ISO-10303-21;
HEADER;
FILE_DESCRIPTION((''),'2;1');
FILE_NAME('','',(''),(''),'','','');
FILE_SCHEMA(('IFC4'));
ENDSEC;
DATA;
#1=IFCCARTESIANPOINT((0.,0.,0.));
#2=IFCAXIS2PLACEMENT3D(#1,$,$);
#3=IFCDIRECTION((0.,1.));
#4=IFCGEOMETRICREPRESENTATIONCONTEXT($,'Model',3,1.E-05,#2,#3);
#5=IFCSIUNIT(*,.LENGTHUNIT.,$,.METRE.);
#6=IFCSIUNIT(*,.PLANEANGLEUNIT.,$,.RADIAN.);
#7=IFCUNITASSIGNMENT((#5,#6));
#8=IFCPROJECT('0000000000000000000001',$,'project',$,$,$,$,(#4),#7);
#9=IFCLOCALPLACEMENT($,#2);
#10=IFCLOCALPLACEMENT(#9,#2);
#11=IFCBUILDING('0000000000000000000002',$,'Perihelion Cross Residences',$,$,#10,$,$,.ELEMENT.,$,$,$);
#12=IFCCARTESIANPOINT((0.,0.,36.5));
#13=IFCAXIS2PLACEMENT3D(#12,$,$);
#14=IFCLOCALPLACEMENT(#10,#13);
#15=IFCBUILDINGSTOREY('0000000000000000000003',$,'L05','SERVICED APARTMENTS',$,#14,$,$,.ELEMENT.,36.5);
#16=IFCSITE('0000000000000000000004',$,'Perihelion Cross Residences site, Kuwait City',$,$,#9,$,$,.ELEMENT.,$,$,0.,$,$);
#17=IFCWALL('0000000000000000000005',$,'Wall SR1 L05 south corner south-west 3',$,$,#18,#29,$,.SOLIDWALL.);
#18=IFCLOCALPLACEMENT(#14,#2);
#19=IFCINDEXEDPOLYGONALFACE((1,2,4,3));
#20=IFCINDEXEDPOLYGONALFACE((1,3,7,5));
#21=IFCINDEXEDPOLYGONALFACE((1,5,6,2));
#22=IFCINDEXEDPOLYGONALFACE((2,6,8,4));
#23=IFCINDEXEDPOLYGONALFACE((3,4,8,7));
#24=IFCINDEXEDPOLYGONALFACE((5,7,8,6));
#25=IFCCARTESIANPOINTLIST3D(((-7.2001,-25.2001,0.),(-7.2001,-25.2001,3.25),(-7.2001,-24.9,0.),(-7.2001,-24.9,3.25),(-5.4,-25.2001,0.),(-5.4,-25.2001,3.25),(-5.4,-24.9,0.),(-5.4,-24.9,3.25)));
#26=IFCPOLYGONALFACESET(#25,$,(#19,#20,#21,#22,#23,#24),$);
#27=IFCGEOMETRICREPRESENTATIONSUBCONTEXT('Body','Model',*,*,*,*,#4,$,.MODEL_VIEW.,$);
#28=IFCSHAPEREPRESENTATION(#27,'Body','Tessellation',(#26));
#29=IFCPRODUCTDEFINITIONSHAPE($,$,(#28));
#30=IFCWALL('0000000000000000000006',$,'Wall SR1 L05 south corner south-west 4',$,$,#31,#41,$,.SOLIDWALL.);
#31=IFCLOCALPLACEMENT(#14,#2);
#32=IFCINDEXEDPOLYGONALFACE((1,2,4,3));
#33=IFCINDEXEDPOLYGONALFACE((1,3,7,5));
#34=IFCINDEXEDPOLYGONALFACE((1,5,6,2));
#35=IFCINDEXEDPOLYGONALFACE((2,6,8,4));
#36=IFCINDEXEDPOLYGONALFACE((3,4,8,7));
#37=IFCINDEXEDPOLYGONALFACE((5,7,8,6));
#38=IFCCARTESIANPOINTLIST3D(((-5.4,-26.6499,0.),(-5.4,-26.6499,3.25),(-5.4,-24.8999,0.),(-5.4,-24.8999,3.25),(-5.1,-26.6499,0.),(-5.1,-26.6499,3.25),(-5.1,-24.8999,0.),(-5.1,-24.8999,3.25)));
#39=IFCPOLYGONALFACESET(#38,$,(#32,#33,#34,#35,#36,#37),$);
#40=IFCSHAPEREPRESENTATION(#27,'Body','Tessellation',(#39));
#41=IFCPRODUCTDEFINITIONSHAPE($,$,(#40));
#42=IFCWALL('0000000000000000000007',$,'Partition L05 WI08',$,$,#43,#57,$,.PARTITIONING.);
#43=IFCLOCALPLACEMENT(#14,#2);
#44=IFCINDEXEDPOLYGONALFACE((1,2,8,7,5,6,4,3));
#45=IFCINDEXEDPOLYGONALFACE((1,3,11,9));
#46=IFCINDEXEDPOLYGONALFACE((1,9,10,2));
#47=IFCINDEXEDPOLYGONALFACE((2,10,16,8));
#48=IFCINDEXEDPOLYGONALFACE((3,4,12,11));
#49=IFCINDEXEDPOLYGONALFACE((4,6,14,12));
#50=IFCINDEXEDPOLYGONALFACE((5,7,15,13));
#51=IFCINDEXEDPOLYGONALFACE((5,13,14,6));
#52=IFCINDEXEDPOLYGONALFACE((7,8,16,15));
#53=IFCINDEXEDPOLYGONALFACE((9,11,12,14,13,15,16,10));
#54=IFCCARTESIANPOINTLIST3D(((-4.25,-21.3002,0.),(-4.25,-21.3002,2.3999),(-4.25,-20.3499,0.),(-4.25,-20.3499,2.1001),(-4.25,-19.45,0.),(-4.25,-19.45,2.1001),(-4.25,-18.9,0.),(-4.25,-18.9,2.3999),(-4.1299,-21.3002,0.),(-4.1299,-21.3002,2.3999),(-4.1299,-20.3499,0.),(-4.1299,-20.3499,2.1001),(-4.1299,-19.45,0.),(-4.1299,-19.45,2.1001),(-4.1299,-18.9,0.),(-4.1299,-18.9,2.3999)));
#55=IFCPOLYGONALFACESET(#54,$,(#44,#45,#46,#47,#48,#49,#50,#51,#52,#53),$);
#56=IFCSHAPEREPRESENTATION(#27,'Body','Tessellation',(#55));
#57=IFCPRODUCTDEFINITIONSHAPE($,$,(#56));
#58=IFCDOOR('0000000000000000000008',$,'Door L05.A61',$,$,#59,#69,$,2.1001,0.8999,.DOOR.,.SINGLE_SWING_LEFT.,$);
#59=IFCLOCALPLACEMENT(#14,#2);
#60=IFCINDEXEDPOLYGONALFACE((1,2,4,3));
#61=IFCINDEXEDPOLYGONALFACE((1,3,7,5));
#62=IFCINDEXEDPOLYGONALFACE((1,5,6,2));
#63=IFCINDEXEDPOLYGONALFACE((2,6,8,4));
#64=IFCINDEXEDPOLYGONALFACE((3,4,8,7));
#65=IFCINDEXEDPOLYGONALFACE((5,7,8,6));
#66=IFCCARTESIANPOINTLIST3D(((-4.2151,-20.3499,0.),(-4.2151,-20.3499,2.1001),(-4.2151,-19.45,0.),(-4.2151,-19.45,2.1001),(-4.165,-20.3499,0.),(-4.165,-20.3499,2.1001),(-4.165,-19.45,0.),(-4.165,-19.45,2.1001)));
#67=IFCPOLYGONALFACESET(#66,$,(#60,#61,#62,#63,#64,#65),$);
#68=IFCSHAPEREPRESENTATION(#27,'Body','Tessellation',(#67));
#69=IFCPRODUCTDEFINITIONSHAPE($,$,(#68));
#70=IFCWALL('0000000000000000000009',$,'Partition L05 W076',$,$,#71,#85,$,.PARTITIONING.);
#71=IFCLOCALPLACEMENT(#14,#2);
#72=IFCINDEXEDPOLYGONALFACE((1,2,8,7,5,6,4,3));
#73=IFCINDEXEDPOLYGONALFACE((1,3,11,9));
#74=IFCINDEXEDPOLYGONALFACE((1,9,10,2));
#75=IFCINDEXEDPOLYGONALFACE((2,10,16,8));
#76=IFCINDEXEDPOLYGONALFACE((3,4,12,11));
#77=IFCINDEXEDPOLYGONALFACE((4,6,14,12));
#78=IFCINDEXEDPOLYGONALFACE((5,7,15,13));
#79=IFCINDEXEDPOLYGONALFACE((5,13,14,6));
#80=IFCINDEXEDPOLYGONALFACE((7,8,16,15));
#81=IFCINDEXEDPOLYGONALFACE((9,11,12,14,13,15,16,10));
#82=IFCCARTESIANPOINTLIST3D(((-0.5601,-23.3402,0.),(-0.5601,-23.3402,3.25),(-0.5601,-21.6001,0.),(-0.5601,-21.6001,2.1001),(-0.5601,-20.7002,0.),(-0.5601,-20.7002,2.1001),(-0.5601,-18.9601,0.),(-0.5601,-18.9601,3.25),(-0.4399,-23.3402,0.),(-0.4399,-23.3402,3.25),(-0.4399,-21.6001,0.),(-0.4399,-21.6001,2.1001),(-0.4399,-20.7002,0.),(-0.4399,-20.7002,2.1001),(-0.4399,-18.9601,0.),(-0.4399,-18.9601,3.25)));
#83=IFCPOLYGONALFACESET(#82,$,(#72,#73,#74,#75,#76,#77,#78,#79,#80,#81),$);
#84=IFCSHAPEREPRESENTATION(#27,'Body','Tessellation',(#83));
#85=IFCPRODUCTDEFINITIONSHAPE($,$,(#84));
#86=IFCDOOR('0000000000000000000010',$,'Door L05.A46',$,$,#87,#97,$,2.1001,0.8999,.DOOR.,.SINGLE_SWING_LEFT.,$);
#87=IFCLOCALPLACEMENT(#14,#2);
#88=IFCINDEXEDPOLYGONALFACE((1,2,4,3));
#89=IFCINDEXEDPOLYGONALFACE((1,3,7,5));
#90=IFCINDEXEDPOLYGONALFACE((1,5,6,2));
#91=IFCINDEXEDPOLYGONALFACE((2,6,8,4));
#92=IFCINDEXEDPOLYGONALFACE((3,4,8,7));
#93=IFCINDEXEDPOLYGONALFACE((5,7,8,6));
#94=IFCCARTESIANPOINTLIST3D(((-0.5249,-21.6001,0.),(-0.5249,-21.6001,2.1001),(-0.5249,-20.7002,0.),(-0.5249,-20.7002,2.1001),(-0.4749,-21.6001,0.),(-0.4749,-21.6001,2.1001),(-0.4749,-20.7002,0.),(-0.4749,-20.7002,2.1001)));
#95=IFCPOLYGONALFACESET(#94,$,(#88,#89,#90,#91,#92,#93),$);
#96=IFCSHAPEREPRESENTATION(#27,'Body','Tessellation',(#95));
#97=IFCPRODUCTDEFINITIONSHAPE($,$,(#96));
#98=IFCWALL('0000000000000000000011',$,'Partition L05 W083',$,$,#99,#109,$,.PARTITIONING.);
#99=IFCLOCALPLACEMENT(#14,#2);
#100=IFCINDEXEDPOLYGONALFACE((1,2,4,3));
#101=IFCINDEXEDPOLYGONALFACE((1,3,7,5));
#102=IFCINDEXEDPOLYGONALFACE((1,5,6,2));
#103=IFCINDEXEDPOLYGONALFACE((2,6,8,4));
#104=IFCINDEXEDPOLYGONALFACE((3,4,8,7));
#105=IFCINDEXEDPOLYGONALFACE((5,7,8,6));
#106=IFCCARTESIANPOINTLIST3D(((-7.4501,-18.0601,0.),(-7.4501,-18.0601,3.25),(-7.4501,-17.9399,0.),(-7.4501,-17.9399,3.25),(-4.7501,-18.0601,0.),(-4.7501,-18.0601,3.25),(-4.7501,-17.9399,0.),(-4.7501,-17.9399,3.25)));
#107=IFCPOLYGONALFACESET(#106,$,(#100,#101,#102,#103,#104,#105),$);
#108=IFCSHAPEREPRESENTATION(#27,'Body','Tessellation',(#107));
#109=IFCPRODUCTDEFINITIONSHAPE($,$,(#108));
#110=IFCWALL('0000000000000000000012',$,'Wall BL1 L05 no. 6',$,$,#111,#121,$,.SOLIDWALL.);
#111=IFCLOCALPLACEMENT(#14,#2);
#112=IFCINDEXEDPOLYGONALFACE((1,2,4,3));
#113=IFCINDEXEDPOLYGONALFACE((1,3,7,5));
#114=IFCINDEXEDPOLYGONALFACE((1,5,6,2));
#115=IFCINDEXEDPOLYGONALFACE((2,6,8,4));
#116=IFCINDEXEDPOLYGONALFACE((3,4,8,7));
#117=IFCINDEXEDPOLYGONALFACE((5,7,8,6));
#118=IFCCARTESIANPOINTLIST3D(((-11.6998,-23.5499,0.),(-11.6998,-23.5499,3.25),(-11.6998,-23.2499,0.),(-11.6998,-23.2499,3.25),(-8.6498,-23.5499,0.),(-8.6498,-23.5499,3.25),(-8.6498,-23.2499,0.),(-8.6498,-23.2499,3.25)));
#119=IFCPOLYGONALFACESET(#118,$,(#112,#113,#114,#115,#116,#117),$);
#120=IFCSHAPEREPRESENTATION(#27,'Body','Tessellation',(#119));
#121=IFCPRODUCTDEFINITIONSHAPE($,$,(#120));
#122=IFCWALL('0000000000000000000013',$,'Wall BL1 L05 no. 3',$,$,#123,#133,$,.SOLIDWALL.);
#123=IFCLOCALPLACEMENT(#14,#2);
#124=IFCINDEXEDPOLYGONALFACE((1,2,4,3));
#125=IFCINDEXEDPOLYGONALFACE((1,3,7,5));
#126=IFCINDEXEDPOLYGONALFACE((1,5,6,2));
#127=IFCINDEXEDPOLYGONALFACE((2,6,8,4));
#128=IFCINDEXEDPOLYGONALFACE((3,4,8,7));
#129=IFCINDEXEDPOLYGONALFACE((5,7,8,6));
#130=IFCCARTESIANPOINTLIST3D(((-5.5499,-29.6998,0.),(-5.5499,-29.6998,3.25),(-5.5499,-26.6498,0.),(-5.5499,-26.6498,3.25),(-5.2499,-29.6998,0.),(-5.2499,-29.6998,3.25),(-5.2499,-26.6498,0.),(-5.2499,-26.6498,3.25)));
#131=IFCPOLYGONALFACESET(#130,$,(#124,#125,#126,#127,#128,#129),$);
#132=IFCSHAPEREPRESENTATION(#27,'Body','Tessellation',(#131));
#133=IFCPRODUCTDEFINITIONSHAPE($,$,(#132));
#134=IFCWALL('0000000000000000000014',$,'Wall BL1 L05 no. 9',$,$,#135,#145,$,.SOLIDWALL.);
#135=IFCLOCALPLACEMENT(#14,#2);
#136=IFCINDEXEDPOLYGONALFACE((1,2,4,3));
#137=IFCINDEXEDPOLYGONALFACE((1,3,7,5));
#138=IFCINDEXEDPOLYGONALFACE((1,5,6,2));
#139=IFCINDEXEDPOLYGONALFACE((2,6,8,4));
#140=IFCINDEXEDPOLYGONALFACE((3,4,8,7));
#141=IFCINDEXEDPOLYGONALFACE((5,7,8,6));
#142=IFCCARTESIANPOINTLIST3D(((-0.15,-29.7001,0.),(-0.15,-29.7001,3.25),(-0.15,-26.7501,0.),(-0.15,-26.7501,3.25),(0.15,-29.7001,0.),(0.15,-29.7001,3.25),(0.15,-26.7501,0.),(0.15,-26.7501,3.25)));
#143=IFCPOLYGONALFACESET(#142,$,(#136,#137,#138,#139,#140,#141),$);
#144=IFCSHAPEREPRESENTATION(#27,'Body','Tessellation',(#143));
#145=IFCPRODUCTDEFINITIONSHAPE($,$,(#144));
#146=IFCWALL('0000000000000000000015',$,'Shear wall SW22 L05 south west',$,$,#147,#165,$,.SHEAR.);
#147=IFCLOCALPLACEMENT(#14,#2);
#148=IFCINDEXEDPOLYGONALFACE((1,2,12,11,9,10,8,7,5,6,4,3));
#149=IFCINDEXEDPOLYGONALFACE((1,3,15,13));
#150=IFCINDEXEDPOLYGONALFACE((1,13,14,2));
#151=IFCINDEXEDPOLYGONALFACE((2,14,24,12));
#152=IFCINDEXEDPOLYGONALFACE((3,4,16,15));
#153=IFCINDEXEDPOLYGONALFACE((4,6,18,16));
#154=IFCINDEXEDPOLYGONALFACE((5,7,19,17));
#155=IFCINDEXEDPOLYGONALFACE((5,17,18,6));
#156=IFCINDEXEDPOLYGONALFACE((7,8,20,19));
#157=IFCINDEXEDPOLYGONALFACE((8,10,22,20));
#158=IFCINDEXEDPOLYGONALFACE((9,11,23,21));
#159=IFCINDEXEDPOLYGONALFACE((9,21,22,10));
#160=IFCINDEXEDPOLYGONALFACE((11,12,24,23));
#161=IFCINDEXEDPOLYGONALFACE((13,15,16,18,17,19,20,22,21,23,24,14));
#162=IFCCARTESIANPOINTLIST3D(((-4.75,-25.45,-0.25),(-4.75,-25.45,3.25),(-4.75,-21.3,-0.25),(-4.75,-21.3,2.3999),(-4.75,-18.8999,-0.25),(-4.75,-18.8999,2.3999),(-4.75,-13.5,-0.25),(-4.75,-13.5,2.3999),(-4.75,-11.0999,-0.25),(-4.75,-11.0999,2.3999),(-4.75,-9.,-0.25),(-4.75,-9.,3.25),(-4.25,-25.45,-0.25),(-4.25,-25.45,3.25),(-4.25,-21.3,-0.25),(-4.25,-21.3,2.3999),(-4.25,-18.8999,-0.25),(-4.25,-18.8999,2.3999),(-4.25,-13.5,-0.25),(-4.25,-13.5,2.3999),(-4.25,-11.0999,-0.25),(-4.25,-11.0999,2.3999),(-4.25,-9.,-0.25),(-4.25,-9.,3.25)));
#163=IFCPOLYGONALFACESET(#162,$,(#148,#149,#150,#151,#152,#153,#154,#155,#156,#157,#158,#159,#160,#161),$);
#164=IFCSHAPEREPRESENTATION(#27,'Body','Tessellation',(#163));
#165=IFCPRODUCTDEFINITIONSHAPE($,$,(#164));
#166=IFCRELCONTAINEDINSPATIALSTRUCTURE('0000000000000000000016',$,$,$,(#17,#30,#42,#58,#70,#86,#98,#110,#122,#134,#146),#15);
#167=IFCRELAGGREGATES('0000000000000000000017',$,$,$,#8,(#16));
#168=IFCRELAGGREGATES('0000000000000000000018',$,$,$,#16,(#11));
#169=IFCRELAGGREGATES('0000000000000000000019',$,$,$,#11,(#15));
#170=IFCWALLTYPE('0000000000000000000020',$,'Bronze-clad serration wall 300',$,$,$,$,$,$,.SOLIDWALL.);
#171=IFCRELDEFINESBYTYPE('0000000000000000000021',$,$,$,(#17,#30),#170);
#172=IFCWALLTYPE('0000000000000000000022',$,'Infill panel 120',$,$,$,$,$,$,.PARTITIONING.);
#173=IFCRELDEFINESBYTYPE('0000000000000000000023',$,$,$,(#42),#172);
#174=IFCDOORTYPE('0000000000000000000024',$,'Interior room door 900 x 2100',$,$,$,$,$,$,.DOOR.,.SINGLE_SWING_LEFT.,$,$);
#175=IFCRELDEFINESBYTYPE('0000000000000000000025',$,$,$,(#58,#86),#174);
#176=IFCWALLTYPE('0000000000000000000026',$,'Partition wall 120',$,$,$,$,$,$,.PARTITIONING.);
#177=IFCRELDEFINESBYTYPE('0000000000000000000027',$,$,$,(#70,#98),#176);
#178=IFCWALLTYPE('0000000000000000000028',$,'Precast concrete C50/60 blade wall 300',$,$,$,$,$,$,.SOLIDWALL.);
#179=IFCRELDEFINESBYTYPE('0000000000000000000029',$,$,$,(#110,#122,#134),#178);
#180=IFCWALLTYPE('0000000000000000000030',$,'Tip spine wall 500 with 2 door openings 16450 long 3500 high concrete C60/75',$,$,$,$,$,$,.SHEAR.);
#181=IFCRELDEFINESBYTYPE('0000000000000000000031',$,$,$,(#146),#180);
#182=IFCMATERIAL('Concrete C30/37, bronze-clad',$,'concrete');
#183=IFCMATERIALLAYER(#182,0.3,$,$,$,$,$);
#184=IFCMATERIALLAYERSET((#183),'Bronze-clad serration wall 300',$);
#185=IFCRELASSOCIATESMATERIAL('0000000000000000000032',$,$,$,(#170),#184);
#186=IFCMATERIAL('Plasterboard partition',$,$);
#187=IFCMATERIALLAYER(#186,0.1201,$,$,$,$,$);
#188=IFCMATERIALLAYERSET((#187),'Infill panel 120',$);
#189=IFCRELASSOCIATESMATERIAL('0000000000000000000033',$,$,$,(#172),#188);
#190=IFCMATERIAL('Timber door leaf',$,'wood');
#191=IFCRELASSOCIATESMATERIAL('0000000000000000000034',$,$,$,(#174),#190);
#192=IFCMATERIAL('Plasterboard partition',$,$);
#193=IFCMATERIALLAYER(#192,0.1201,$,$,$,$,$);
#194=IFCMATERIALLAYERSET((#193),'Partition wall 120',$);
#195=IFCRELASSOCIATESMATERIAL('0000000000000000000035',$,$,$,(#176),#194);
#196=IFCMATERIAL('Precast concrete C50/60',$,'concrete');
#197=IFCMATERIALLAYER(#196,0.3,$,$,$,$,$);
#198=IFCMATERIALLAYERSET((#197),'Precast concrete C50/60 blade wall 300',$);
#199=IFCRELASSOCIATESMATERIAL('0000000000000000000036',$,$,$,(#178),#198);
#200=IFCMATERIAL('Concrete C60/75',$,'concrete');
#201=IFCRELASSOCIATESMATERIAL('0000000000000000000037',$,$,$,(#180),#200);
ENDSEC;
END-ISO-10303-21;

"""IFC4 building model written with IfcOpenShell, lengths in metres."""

from ifc_helpers import new_model, si_unit, direction, frame, frame_2d, origin, place, context, subcontext, project, spatial, polyline, rectangle, outline, extrude, material, layer, layer_set, material_profile, profile_set, type_object, element, fill, save


model = new_model("IFC4")

# Units and contexts
model_context = context("Model", 3, precision=1e-05, world=origin(), true_north=direction((0.0, 1.0)))
body_context = subcontext(model_context, "Body", "Model", "MODEL_VIEW")
ifc_project = project(units=[si_unit("LENGTHUNIT", "METRE"), si_unit("PLANEANGLEUNIT", "RADIAN")], contexts=[model_context])

# Site, building, storey
site_placement = place(None, origin())
site = spatial("IfcSite", under=ifc_project, at=site_placement, Name="Perihelion Cross Residences site, Kuwait City", CompositionType="ELEMENT", RefElevation=0.0)
building_placement = place(site_placement, origin())
building = spatial("IfcBuilding", under=site, at=building_placement, Name="Perihelion Cross Residences", CompositionType="ELEMENT")
storey_placement = place(building_placement, frame((0.0, 0.0, 36.5)))
storey = spatial("IfcBuildingStorey", under=building, at=storey_placement, Name="L05", Description="SERVICED APARTMENTS", CompositionType="ELEMENT", Elevation=36.5)

# Walls
ifc_material_1 = material(Name="Concrete C30/37, bronze-clad", Category="concrete")
ifc_layer_1 = layer(ifc_material_1, 0.3)
ifc_layer_set_1 = layer_set([ifc_layer_1], Name="Bronze-clad serration wall 300")
wall_type_1 = type_object("IfcWallType", Name="Bronze-clad serration wall 300", PredefinedType="SOLIDWALL", material=ifc_layer_set_1)
wall_1_placement = place(storey_placement, frame((-7.2, -25.05, 0.0), z_axis=(0.0, 0.0, 1.0), x_axis=(1.0, 0.0, 0.0)))
element("IfcWall", 1, at=wall_1_placement, inside=storey, type_object=wall_type_1, Name="Wall SR1 L05 south corner south-west 3", PredefinedType="SOLIDWALL", context=body_context, shape_type="SweptSolid", body=[
    extrude(rectangle(XDim=1.8, YDim=0.3, at=frame_2d((0.8999, 0.0))), origin(), (0.0, 0.0, 1.0), 3.25),
])
wall_2_placement = place(storey_placement, frame((-5.25, -24.8999, 0.0), z_axis=(0.0, 0.0, 1.0), x_axis=(0.0, -1.0, 0.0)))
element("IfcWall", 2, at=wall_2_placement, inside=storey, type_object=wall_type_1, Name="Wall SR1 L05 south corner south-west 4", PredefinedType="SOLIDWALL", context=body_context, shape_type="SweptSolid", body=[
    extrude(rectangle(XDim=1.75, YDim=0.3, at=frame_2d((0.875, 0.0))), origin(), (0.0, 0.0, 1.0), 3.25),
])

# Walls, openings, doors
ifc_material_2 = material(Name="Plasterboard partition")
ifc_layer_2 = layer(ifc_material_2, 0.1201)
ifc_layer_set_2 = layer_set([ifc_layer_2], Name="Infill panel 120")
wall_type_2 = type_object("IfcWallType", Name="Infill panel 120", PredefinedType="PARTITIONING", material=ifc_layer_set_2)
wall_3_placement = place(storey_placement, frame((-4.1899, -18.8999, 0.0), z_axis=(0.0, 0.0, 1.0), x_axis=(0.0, -1.0, 0.0)))
wall_3 = element("IfcWall", 3, at=wall_3_placement, inside=storey, type_object=wall_type_2, Name="Partition L05 WI08", PredefinedType="PARTITIONING", context=body_context, shape_type="SweptSolid", body=[
    extrude(rectangle(XDim=2.4001, YDim=0.1201, at=frame_2d((1.2002, 0.0))), origin(), (0.0, 0.0, 1.0), 2.3999),
])
opening_1_placement = place(wall_3_placement, frame((0.55, 0.0, 0.0)))
opening_1 = element("IfcOpeningElement", 4, at=opening_1_placement, cuts=wall_3, PredefinedType="OPENING", context=body_context, shape_type="SweptSolid", body=[
    extrude(rectangle(XDim=0.8999, YDim=2.1001, at=frame_2d((0.45, 1.05))), frame((0.0, 0.0701, 0.0), z_axis=(0.0, -1.0, 0.0), x_axis=(1.0, 0.0, 0.0)), (0.0, 0.0, 1.0), 0.1401),
])
ifc_material_3 = material(Name="Timber door leaf", Category="wood")
door_type_1 = type_object("IfcDoorType", Name="Interior room door 900 x 2100", OperationType="SINGLE_SWING_LEFT", PredefinedType="DOOR", material=ifc_material_3)
door_1_placement = place(opening_1_placement, origin())
door_1 = element("IfcDoor", 5, at=door_1_placement, inside=storey, type_object=door_type_1, Name="Door L05.A61", OperationType="SINGLE_SWING_LEFT", OverallHeight=2.1001, OverallWidth=0.8999, PredefinedType="DOOR", context=body_context, shape_type="SweptSolid", body=[
    extrude(rectangle(XDim=0.8999, YDim=2.1001, at=frame_2d((0.45, 1.05))), frame((0.0, 0.0249, 0.0), z_axis=(0.0, -1.0, 0.0), x_axis=(1.0, 0.0, 0.0)), (0.0, 0.0, 1.0), 0.05),
])
fill(opening_1, door_1)
ifc_material_4 = material(Name="Plasterboard partition")
ifc_layer_3 = layer(ifc_material_4, 0.1201)
ifc_layer_set_3 = layer_set([ifc_layer_3], Name="Partition wall 120")
wall_type_3 = type_object("IfcWallType", Name="Partition wall 120", PredefinedType="PARTITIONING", material=ifc_layer_set_3)
wall_4_placement = place(storey_placement, frame((-0.5, -23.3401, 0.0), z_axis=(0.0, 0.0, 1.0), x_axis=(0.0, 1.0, 0.0)))
wall_4 = element("IfcWall", 6, at=wall_4_placement, inside=storey, type_object=wall_type_3, Name="Partition L05 W076", PredefinedType="PARTITIONING", context=body_context, shape_type="SweptSolid", body=[
    extrude(rectangle(XDim=4.3801, YDim=0.1201, at=frame_2d((2.1899, 0.0))), origin(), (0.0, 0.0, 1.0), 3.25),
])
opening_2_placement = place(wall_4_placement, frame((1.74, 0.0, 0.0)))
opening_2 = element("IfcOpeningElement", 7, at=opening_2_placement, cuts=wall_4, PredefinedType="OPENING", context=body_context, shape_type="SweptSolid", body=[
    extrude(rectangle(XDim=0.8999, YDim=2.1001, at=frame_2d((0.45, 1.05))), frame((0.0, 0.0701, 0.0), z_axis=(0.0, -1.0, 0.0), x_axis=(1.0, 0.0, 0.0)), (0.0, 0.0, 1.0), 0.1401),
])
door_2_placement = place(opening_2_placement, origin())
door_2 = element("IfcDoor", 8, at=door_2_placement, inside=storey, type_object=door_type_1, Name="Door L05.A46", OperationType="SINGLE_SWING_LEFT", OverallHeight=2.1001, OverallWidth=0.8999, PredefinedType="DOOR", context=body_context, shape_type="SweptSolid", body=[
    extrude(rectangle(XDim=0.8999, YDim=2.1001, at=frame_2d((0.45, 1.05))), frame((0.0, 0.0249, 0.0), z_axis=(0.0, -1.0, 0.0), x_axis=(1.0, 0.0, 0.0)), (0.0, 0.0, 1.0), 0.05),
])
fill(opening_2, door_2)

# Walls
wall_5_placement = place(storey_placement, frame((-4.75, -18.0, 0.0), z_axis=(0.0, 0.0, 1.0), x_axis=(-1.0, 0.0, 0.0)))
element("IfcWall", 9, at=wall_5_placement, inside=storey, type_object=wall_type_3, Name="Partition L05 W083", PredefinedType="PARTITIONING", context=body_context, shape_type="SweptSolid", body=[
    extrude(rectangle(XDim=2.7, YDim=0.1201, at=frame_2d((1.3501, 0.0))), origin(), (0.0, 0.0, 1.0), 3.25),
])
ifc_material_5 = material(Name="Precast concrete C50/60", Category="concrete")
ifc_layer_4 = layer(ifc_material_5, 0.3)
ifc_layer_set_4 = layer_set([ifc_layer_4], Name="Precast concrete C50/60 blade wall 300")
wall_type_4 = type_object("IfcWallType", Name="Precast concrete C50/60 blade wall 300", PredefinedType="SOLIDWALL", material=ifc_layer_set_4)
for number, where, z_axis, x_axis, name in (
    (10, (-8.6499, -23.3999, 0.0), (0.0, 0.0, 1.0), (-1.0, 0.0, 0.0), "Wall BL1 L05 no. 6"),
    (11, (-5.3999, -26.6499, 0.0), (0.0, 0.0, 1.0), (0.0, -1.0, 0.0), "Wall BL1 L05 no. 3"),
):
    element("IfcWall", number, at=place(storey_placement, frame(where, z_axis=z_axis, x_axis=x_axis)), inside=storey, type_object=wall_type_4, Name=name, PredefinedType="SOLIDWALL", context=body_context, shape_type="SweptSolid", body=[
        extrude(rectangle(XDim=3.05, YDim=0.3, at=frame_2d((1.5249, 0.0))), origin(), (0.0, 0.0, 1.0), 3.25),
    ])
wall_6_placement = place(storey_placement, frame((0.0, -26.75, 0.0), z_axis=(0.0, 0.0, 1.0), x_axis=(0.0, -1.0, 0.0)))
element("IfcWall", 12, at=wall_6_placement, inside=storey, type_object=wall_type_4, Name="Wall BL1 L05 no. 9", PredefinedType="SOLIDWALL", context=body_context, shape_type="SweptSolid", body=[
    extrude(rectangle(XDim=2.95, YDim=0.3, at=frame_2d((1.4751, 0.0))), origin(), (0.0, 0.0, 1.0), 3.25),
])
ifc_material_6 = material(Name="Concrete C60/75", Category="concrete")
ifc_material_profile_1 = material_profile(ifc_material_6, outline(polyline([(0.0, 0.0), (4.1499, 0.0), (4.1499, 2.6499), (6.55, 2.6499), (6.55, 0.0), (11.95, 0.0), (11.95, 2.6499), (14.3501, 2.6499), (14.3501, 0.0), (16.45, 0.0), (16.45, 3.5), (0.0, 3.5), (0.0, 0.0)])), Name="Tip spine wall")
ifc_profile_set_1 = profile_set([ifc_material_profile_1], Name="Concrete C60/75")
wall_type_5 = type_object("IfcWallType", Name="Tip spine wall 500 with 2 door openings 16450 long 3500 high concrete C60/75", PredefinedType="SHEAR", material=ifc_profile_set_1)
wall_7_placement = place(storey_placement, frame((-4.75, -25.45, -0.25), z_axis=(1.0, 0.0, 0.0), x_axis=(0.0, 1.0, 0.0)))
element("IfcWall", 13, at=wall_7_placement, inside=storey, type_object=wall_type_5, Name="Shear wall SW22 L05 south west", PredefinedType="SHEAR", context=body_context, shape_type="SweptSolid", body=[
    extrude(outline(polyline([(0.0, 0.0), (4.1499, 0.0), (4.1499, 2.6499), (6.55, 2.6499), (6.55, 0.0), (11.95, 0.0), (11.95, 2.6499), (14.3501, 2.6499), (14.3501, 0.0), (16.45, 0.0), (16.45, 3.5), (0.0, 3.5), (0.0, 0.0)])), origin(), (0.0, 0.0, 1.0), 0.5),
])

save(model, "model.ifc")
